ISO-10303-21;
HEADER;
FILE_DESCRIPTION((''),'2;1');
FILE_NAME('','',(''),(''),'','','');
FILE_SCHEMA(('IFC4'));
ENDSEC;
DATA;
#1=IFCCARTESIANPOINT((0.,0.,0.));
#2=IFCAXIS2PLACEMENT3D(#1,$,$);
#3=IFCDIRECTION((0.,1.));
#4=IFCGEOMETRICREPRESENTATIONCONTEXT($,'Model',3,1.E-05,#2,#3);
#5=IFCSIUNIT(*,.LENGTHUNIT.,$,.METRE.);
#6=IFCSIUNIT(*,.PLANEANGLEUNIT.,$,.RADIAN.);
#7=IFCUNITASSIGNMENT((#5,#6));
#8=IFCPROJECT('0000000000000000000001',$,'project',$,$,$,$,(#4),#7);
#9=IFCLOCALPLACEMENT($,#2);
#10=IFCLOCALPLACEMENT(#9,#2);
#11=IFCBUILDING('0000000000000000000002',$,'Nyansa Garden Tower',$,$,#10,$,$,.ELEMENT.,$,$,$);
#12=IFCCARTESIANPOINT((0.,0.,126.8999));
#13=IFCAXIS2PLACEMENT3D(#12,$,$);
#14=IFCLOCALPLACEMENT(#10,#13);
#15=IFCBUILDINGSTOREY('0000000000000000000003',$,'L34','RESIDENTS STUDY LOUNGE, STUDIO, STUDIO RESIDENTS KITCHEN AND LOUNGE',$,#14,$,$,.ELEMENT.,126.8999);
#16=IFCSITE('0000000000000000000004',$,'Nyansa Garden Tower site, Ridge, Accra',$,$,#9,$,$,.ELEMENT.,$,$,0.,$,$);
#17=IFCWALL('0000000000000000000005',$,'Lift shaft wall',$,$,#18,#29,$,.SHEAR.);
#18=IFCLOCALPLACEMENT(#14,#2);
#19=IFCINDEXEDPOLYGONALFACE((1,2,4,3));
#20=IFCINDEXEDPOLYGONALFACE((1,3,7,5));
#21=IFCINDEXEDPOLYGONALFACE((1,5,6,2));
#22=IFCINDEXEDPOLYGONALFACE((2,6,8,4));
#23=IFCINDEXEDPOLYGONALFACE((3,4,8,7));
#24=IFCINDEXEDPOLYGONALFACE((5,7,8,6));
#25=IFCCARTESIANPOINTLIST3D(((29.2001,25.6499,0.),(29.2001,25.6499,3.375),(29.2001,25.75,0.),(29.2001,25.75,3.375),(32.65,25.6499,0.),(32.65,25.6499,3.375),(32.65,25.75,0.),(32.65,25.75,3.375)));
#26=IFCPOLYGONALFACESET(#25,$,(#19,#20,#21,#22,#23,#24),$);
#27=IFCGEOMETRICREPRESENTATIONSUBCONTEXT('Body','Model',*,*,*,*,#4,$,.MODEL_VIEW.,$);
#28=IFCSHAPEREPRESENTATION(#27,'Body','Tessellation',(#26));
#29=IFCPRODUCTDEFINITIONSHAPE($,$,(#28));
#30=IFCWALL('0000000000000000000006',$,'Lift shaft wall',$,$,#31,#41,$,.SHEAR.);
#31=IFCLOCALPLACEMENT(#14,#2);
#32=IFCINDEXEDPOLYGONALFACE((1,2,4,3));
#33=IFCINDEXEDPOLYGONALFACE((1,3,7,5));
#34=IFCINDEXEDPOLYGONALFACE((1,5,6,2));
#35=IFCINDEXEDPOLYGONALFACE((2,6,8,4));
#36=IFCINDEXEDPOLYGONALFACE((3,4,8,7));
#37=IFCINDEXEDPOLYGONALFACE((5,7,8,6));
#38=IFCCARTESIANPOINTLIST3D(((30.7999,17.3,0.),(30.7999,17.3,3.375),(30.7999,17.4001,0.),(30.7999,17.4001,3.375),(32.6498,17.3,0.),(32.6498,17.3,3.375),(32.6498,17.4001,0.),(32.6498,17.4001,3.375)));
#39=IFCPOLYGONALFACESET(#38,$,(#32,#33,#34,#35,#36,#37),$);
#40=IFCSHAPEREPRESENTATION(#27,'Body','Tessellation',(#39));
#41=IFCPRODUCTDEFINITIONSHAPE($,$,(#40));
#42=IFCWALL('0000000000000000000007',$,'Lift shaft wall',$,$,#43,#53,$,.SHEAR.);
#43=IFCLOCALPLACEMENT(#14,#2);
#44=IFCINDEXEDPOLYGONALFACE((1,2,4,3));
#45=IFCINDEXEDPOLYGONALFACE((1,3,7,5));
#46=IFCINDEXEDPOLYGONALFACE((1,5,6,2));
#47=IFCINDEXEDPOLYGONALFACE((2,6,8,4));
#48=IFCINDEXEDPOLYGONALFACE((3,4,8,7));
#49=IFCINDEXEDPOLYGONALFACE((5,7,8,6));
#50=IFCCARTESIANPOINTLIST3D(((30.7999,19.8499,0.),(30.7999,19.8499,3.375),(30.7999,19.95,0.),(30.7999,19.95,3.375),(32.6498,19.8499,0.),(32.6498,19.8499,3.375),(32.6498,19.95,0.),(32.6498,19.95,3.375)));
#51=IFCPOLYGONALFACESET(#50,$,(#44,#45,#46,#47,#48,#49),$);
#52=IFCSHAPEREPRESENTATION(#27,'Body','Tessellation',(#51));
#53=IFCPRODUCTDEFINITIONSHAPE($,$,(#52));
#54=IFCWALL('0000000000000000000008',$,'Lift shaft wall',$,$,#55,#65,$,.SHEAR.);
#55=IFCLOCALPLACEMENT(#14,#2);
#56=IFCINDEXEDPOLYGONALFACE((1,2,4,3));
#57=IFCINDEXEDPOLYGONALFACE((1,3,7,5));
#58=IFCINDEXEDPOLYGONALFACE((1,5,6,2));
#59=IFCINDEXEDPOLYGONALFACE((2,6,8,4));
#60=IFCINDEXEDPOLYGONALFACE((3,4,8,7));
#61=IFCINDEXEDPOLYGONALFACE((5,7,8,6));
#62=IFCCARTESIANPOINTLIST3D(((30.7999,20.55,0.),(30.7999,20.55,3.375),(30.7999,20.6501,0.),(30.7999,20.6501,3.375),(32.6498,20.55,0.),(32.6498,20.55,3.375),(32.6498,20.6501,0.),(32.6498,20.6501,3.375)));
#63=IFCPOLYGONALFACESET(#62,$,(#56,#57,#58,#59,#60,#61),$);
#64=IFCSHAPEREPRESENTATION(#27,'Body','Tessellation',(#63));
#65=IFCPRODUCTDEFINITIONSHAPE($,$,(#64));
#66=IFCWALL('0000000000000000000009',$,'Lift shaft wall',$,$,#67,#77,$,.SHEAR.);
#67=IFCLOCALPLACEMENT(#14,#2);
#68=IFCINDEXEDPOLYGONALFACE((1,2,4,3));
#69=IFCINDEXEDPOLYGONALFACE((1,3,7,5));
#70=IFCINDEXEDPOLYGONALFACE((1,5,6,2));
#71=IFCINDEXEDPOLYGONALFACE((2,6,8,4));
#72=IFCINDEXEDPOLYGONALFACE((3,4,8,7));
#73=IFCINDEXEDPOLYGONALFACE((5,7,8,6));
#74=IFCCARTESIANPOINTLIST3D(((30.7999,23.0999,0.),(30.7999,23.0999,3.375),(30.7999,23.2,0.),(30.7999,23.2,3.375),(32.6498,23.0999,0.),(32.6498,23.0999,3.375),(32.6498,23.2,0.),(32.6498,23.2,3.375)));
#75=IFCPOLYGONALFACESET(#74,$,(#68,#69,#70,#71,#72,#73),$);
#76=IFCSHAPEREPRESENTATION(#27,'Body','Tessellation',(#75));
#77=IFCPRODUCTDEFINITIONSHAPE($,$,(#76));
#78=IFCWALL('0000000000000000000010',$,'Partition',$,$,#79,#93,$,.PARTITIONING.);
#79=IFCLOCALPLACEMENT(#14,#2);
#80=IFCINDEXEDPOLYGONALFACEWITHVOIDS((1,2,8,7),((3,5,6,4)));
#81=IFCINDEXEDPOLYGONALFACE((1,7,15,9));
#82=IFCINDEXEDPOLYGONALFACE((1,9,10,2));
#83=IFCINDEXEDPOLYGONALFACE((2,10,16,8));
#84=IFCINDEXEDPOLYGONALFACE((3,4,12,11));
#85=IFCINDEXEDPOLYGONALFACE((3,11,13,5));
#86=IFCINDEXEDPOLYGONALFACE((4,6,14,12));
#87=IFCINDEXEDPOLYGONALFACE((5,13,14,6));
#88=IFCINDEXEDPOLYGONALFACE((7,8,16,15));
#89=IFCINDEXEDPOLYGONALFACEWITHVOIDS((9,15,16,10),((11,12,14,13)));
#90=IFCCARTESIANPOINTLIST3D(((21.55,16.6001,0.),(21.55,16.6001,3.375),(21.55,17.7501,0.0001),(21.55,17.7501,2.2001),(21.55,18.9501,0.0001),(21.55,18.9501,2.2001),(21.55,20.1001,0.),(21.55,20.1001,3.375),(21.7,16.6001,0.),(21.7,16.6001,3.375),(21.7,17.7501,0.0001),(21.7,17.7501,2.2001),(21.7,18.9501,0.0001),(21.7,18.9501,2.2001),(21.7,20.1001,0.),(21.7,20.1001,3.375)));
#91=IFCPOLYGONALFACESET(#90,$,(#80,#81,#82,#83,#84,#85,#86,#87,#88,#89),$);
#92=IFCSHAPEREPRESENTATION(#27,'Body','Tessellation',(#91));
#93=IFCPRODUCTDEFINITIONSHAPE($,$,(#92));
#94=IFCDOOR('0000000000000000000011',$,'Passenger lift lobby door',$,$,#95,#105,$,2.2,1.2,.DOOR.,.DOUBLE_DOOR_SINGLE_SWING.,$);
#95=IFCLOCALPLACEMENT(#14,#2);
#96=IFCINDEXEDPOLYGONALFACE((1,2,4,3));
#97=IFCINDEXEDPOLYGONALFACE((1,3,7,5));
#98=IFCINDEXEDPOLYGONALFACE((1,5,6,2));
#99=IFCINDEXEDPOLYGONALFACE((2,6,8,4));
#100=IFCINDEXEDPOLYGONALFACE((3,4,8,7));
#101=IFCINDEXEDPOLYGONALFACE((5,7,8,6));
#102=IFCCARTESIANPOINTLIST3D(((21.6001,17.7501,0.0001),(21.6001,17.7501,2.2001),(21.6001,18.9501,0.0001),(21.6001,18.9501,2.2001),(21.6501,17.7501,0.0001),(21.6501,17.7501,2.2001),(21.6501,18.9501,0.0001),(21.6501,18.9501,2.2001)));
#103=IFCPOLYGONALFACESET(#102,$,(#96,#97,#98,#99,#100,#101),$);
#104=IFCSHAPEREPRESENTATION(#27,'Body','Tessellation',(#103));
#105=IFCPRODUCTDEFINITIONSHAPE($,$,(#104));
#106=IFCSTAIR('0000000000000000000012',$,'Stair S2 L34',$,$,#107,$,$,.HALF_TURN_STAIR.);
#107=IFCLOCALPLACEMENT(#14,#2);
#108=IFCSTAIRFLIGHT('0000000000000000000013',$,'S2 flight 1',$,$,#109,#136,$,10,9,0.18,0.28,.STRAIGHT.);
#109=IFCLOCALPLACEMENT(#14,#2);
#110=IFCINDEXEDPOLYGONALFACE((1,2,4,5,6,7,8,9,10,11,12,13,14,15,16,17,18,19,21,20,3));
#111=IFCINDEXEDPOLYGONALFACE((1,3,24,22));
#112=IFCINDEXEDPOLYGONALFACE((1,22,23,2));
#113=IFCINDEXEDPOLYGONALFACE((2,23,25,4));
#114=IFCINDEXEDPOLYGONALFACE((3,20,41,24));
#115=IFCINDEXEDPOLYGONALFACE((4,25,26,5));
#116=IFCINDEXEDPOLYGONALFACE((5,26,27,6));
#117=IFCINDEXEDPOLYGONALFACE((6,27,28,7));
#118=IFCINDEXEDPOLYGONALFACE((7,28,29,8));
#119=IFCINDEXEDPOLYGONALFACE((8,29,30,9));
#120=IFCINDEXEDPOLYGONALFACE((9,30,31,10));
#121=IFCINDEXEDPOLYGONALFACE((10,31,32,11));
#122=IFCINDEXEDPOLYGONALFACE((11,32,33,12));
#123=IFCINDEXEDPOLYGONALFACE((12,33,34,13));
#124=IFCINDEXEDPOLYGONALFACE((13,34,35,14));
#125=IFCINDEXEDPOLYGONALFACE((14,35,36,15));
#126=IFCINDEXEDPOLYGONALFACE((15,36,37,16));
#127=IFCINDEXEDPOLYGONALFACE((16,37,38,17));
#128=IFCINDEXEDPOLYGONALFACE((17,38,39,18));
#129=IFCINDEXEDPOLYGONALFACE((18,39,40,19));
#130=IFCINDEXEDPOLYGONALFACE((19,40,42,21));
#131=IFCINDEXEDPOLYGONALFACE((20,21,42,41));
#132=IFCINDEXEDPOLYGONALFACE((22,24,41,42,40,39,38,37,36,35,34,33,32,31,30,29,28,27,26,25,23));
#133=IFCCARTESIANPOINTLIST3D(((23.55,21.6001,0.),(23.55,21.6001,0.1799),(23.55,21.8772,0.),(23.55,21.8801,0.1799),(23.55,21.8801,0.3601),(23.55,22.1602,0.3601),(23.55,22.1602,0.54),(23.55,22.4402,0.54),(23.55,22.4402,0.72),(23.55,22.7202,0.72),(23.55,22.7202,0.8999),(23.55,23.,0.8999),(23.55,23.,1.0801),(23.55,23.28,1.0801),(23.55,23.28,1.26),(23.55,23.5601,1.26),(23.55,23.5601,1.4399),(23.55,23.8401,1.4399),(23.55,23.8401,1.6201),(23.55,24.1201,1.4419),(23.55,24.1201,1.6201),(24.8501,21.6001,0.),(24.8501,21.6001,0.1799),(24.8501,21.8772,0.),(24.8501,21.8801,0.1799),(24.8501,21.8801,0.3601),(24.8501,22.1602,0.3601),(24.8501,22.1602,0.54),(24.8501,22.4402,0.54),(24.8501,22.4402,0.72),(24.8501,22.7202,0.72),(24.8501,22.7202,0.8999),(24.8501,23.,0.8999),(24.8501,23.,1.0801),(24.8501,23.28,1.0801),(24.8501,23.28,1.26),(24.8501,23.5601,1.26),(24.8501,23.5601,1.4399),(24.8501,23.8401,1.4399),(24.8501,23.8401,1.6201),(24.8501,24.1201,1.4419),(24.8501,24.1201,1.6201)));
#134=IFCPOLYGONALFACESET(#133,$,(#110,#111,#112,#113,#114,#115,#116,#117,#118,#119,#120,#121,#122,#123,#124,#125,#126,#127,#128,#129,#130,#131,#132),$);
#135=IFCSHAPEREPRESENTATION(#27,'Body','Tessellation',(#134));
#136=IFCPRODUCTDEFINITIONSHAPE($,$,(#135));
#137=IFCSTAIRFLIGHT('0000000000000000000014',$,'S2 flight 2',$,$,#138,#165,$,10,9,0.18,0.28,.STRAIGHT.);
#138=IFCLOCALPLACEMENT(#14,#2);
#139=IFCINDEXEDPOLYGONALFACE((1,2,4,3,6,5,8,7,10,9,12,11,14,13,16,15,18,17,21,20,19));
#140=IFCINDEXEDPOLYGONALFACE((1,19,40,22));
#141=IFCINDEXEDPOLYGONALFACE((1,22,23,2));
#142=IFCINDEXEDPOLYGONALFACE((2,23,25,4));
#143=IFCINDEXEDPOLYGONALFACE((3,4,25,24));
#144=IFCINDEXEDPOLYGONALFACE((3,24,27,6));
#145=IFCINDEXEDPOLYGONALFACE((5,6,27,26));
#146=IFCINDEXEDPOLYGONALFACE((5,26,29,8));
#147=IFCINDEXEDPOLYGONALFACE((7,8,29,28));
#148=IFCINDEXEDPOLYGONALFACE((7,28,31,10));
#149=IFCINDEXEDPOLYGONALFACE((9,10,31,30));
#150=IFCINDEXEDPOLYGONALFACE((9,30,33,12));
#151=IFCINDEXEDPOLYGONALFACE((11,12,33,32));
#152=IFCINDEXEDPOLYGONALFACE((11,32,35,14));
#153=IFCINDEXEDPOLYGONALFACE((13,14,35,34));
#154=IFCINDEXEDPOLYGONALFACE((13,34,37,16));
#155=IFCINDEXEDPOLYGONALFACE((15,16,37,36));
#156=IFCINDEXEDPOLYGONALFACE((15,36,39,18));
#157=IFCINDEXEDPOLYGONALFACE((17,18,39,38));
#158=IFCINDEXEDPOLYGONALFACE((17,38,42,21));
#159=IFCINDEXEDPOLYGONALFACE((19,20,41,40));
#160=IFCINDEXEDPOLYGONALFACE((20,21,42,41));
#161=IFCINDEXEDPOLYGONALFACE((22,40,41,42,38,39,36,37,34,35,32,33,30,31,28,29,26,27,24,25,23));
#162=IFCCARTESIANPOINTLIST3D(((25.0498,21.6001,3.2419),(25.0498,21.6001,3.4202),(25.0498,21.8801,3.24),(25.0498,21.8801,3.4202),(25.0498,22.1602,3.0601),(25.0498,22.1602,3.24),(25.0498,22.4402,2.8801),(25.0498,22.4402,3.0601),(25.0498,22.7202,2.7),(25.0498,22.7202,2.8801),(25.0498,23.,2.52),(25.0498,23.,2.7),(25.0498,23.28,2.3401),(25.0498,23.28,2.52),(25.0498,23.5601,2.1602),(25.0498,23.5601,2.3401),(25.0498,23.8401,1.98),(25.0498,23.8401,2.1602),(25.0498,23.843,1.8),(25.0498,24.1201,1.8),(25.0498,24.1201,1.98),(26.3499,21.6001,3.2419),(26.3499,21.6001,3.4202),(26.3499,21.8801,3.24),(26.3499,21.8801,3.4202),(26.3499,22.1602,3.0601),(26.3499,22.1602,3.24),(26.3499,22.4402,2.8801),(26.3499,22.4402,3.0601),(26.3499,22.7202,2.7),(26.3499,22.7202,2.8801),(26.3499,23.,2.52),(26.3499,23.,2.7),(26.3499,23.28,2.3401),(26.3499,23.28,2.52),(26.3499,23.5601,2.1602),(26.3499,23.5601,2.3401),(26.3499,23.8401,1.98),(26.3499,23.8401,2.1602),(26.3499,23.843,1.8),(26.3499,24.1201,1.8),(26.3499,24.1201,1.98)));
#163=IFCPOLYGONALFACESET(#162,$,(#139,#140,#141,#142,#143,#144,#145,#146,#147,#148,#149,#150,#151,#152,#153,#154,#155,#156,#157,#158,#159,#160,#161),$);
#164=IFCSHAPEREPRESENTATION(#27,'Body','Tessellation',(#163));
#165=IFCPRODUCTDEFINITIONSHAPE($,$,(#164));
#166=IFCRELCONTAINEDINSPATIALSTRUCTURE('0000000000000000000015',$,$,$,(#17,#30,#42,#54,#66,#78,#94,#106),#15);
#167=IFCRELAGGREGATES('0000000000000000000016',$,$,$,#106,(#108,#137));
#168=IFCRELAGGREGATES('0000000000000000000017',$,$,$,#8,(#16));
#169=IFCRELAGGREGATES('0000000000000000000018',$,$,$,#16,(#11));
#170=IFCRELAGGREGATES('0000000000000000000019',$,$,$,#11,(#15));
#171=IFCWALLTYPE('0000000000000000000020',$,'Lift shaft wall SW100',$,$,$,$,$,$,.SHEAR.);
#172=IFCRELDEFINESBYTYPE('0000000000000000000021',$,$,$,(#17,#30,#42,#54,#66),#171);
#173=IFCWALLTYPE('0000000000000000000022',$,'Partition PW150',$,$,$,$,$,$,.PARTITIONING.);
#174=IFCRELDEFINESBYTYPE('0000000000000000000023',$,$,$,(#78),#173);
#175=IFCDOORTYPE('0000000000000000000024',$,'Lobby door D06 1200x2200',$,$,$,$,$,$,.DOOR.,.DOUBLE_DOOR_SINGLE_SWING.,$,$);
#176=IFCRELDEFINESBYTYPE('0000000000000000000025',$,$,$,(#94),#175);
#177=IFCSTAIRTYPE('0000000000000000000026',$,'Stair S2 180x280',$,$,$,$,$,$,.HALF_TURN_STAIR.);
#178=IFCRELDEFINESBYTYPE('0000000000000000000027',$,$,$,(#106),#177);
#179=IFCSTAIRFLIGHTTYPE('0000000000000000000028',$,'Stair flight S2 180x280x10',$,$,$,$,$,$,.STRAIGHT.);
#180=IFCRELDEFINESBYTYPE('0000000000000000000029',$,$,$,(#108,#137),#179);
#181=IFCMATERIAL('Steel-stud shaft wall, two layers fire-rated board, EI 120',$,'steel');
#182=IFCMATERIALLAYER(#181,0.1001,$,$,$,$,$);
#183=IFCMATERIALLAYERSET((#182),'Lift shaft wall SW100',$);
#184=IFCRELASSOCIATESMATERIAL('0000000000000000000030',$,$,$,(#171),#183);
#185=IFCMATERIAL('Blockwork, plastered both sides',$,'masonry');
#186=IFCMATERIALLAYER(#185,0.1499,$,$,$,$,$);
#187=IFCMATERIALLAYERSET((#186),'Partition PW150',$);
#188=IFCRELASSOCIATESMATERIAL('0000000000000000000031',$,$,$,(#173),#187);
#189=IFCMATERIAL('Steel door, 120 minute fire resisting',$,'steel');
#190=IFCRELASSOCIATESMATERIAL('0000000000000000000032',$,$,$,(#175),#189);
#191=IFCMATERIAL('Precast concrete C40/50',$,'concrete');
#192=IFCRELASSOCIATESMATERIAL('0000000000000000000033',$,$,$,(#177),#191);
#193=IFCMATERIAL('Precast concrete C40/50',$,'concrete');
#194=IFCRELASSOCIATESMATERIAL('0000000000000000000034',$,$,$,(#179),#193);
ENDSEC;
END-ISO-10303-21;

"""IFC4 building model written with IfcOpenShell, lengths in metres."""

from ifc_helpers import new_model, si_unit, direction, frame, frame_2d, origin, place, context, subcontext, project, spatial, polyline, rectangle, outline, extrude, material, layer, layer_set, type_object, element, fill, aggregate, save


model = new_model("IFC4")

# Units and contexts
model_context = context("Model", 3, precision=1e-05, world=origin(), true_north=direction((0.0, 1.0)))
body_context = subcontext(model_context, "Body", "Model", "MODEL_VIEW")
ifc_project = project(units=[si_unit("LENGTHUNIT", "METRE"), si_unit("PLANEANGLEUNIT", "RADIAN")], contexts=[model_context])

# Site, building, storey
site_placement = place(None, origin())
site = spatial("IfcSite", under=ifc_project, at=site_placement, Name="Nyansa Garden Tower site, Ridge, Accra", CompositionType="ELEMENT", RefElevation=0.0)
building_placement = place(site_placement, origin())
building = spatial("IfcBuilding", under=site, at=building_placement, Name="Nyansa Garden Tower", CompositionType="ELEMENT")
storey_placement = place(building_placement, frame((0.0, 0.0, 126.8999)))
storey = spatial("IfcBuildingStorey", under=building, at=storey_placement, Name="L34", Description="RESIDENTS STUDY LOUNGE, STUDIO, STUDIO RESIDENTS KITCHEN AND LOUNGE", CompositionType="ELEMENT", Elevation=126.8999)

# Walls
ifc_material_1 = material(Name="Steel-stud shaft wall, two layers fire-rated board, EI 120", Category="steel")
ifc_layer_1 = layer(ifc_material_1, 0.1001)
ifc_layer_set_1 = layer_set([ifc_layer_1], Name="Lift shaft wall SW100")
wall_type_1 = type_object("IfcWallType", Name="Lift shaft wall SW100", PredefinedType="SHEAR", material=ifc_layer_set_1)
wall_1_placement = place(storey_placement, frame((29.2, 25.7, 0.0), z_axis=(0.0, 0.0, 1.0), x_axis=(1.0, 0.0, 0.0)))
element("IfcWall", 1, at=wall_1_placement, inside=storey, type_object=wall_type_1, Name="Lift shaft wall", PredefinedType="SHEAR", context=body_context, shape_type="SweptSolid", body=[
    extrude(rectangle(XDim=3.45, YDim=0.1001, at=frame_2d((1.7251, 0.0))), origin(), (0.0, 0.0, 1.0), 3.375),
])
for number, where, z_axis, x_axis, name in (
    (2, (30.8, 17.3501, 0.0), (0.0, 0.0, 1.0), (1.0, 0.0, 0.0), "Lift shaft wall"),
    (3, (30.8, 19.8999, 0.0), (0.0, 0.0, 1.0), (1.0, 0.0, 0.0), "Lift shaft wall"),
    (4, (30.8, 20.6001, 0.0), (0.0, 0.0, 1.0), (1.0, 0.0, 0.0), "Lift shaft wall"),
    (5, (30.8, 23.1499, 0.0), (0.0, 0.0, 1.0), (1.0, 0.0, 0.0), "Lift shaft wall"),
):
    element("IfcWall", number, at=place(storey_placement, frame(where, z_axis=z_axis, x_axis=x_axis)), inside=storey, type_object=wall_type_1, Name=name, PredefinedType="SHEAR", context=body_context, shape_type="SweptSolid", body=[
        extrude(rectangle(XDim=1.8499, YDim=0.1001, at=frame_2d((0.9248, 0.0))), origin(), (0.0, 0.0, 1.0), 3.375),
    ])

# Wall, opening, door
ifc_material_2 = material(Name="Blockwork, plastered both sides", Category="masonry")
ifc_layer_2 = layer(ifc_material_2, 0.1499)
ifc_layer_set_2 = layer_set([ifc_layer_2], Name="Partition PW150")
wall_type_2 = type_object("IfcWallType", Name="Partition PW150", PredefinedType="PARTITIONING", material=ifc_layer_set_2)
wall_2_placement = place(storey_placement, frame((21.625, 16.6001, 0.0), z_axis=(0.0, 0.0, 1.0), x_axis=(0.0, 1.0, 0.0)))
wall_2 = element("IfcWall", 6, at=wall_2_placement, inside=storey, type_object=wall_type_2, Name="Partition", PredefinedType="PARTITIONING", context=body_context, shape_type="SweptSolid", body=[
    extrude(rectangle(XDim=3.5, YDim=0.1499, at=frame_2d((1.75, 0.0))), origin(), (0.0, 0.0, 1.0), 3.375),
])
opening_1_placement = place(wall_2_placement, frame((1.1499, 0.0, 0.0)))
opening_1 = element("IfcOpeningElement", 7, at=opening_1_placement, cuts=wall_2, PredefinedType="OPENING", context=body_context, shape_type="SweptSolid", body=[
    extrude(rectangle(XDim=1.2, YDim=2.2, at=frame_2d((0.6001, 1.1001))), frame((0.0, 0.085, 0.0), z_axis=(0.0, -1.0, 0.0), x_axis=(1.0, 0.0, 0.0)), (0.0, 0.0, 1.0), 0.1699),
])
ifc_material_3 = material(Name="Steel door, 120 minute fire resisting", Category="steel")
door_type_1 = type_object("IfcDoorType", Name="Lobby door D06 1200x2200", OperationType="DOUBLE_DOOR_SINGLE_SWING", PredefinedType="DOOR", material=ifc_material_3)
door_1_placement = place(opening_1_placement, origin())
door_1 = element("IfcDoor", 8, at=door_1_placement, inside=storey, type_object=door_type_1, Name="Passenger lift lobby door", OperationType="DOUBLE_DOOR_SINGLE_SWING", OverallHeight=2.2, OverallWidth=1.2, PredefinedType="DOOR", context=body_context, shape_type="SweptSolid", body=[
    extrude(rectangle(XDim=1.2, YDim=2.2, at=frame_2d((0.6001, 1.1001))), frame((0.0, 0.0249, 0.0), z_axis=(0.0, -1.0, 0.0), x_axis=(1.0, 0.0, 0.0)), (0.0, 0.0, 1.0), 0.05),
])
fill(opening_1, door_1)

# Stair, stair flights
ifc_material_4 = material(Name="Precast concrete C40/50", Category="concrete")
stair_type = type_object("IfcStairType", Name="Stair S2 180x280", PredefinedType="HALF_TURN_STAIR", material=ifc_material_4)
stair_placement = place(storey_placement, origin())
stair = element("IfcStair", 9, at=stair_placement, inside=storey, type_object=stair_type, Name="Stair S2 L34", PredefinedType="HALF_TURN_STAIR")
ifc_material_5 = material(Name="Precast concrete C40/50", Category="concrete")
stair_flight_type = type_object("IfcStairFlightType", Name="Stair flight S2 180x280x10", PredefinedType="STRAIGHT", material=ifc_material_5)
stair_flight_1_placement = place(storey_placement, frame((24.2, 21.6001, 0.0), z_axis=(0.0, 0.0, 1.0), x_axis=(0.0, 1.0, 0.0)))
stair_flight_1 = element("IfcStairFlight", 10, at=stair_flight_1_placement, type_object=stair_flight_type, Name="S2 flight 1", NumberOfRisers=10, NumberOfTreads=9, PredefinedType="STRAIGHT", RiserHeight=0.18, TreadLength=0.28, context=body_context, shape_type="SweptSolid", body=[
    extrude(outline(polyline([(0.0, 0.0), (0.0, 0.1799), (0.28, 0.1799), (0.28, 0.3601), (0.5601, 0.3601), (0.5601, 0.54), (0.8401, 0.54), (0.8401, 0.72), (1.1201, 0.72), (1.1201, 0.8999), (1.3999, 0.8999), (1.3999, 1.0801), (1.6799, 1.0801), (1.6799, 1.26), (1.96, 1.26), (1.96, 1.4399), (2.24, 1.4399), (2.24, 1.6201), (2.52, 1.6201), (2.52, 1.8), (2.52, 1.4419), (0.2771, 0.0), (0.0, 0.0)])), frame((0.0, 0.6499, 0.0), z_axis=(0.0, -1.0, 0.0), x_axis=(1.0, 0.0, 0.0)), (0.0, 0.0, 1.0), 1.3),
])
stair_flight_2_placement = place(storey_placement, frame((25.7, 24.1201, 1.8), z_axis=(0.0, 0.0, 1.0), x_axis=(0.0, -1.0, 0.0)))
stair_flight_2 = element("IfcStairFlight", 11, at=stair_flight_2_placement, type_object=stair_flight_type, Name="S2 flight 2", NumberOfRisers=10, NumberOfTreads=9, PredefinedType="STRAIGHT", RiserHeight=0.18, TreadLength=0.28, context=body_context, shape_type="SweptSolid", body=[
    extrude(outline(polyline([(0.0, 0.0), (0.0, 0.1799), (0.28, 0.1799), (0.28, 0.3601), (0.5601, 0.3601), (0.5601, 0.54), (0.8401, 0.54), (0.8401, 0.72), (1.1201, 0.72), (1.1201, 0.8999), (1.3999, 0.8999), (1.3999, 1.0801), (1.6799, 1.0801), (1.6799, 1.26), (1.96, 1.26), (1.96, 1.4399), (2.24, 1.4399), (2.24, 1.6201), (2.52, 1.6201), (2.52, 1.8), (2.52, 1.4419), (0.2771, 0.0), (0.0, 0.0)])), frame((0.0, 0.6499, 0.0), z_axis=(0.0, -1.0, 0.0), x_axis=(1.0, 0.0, 0.0)), (0.0, 0.0, 1.0), 1.3),
])
aggregate(stair, [stair_flight_1, stair_flight_2])

save(model, "model.ifc")
